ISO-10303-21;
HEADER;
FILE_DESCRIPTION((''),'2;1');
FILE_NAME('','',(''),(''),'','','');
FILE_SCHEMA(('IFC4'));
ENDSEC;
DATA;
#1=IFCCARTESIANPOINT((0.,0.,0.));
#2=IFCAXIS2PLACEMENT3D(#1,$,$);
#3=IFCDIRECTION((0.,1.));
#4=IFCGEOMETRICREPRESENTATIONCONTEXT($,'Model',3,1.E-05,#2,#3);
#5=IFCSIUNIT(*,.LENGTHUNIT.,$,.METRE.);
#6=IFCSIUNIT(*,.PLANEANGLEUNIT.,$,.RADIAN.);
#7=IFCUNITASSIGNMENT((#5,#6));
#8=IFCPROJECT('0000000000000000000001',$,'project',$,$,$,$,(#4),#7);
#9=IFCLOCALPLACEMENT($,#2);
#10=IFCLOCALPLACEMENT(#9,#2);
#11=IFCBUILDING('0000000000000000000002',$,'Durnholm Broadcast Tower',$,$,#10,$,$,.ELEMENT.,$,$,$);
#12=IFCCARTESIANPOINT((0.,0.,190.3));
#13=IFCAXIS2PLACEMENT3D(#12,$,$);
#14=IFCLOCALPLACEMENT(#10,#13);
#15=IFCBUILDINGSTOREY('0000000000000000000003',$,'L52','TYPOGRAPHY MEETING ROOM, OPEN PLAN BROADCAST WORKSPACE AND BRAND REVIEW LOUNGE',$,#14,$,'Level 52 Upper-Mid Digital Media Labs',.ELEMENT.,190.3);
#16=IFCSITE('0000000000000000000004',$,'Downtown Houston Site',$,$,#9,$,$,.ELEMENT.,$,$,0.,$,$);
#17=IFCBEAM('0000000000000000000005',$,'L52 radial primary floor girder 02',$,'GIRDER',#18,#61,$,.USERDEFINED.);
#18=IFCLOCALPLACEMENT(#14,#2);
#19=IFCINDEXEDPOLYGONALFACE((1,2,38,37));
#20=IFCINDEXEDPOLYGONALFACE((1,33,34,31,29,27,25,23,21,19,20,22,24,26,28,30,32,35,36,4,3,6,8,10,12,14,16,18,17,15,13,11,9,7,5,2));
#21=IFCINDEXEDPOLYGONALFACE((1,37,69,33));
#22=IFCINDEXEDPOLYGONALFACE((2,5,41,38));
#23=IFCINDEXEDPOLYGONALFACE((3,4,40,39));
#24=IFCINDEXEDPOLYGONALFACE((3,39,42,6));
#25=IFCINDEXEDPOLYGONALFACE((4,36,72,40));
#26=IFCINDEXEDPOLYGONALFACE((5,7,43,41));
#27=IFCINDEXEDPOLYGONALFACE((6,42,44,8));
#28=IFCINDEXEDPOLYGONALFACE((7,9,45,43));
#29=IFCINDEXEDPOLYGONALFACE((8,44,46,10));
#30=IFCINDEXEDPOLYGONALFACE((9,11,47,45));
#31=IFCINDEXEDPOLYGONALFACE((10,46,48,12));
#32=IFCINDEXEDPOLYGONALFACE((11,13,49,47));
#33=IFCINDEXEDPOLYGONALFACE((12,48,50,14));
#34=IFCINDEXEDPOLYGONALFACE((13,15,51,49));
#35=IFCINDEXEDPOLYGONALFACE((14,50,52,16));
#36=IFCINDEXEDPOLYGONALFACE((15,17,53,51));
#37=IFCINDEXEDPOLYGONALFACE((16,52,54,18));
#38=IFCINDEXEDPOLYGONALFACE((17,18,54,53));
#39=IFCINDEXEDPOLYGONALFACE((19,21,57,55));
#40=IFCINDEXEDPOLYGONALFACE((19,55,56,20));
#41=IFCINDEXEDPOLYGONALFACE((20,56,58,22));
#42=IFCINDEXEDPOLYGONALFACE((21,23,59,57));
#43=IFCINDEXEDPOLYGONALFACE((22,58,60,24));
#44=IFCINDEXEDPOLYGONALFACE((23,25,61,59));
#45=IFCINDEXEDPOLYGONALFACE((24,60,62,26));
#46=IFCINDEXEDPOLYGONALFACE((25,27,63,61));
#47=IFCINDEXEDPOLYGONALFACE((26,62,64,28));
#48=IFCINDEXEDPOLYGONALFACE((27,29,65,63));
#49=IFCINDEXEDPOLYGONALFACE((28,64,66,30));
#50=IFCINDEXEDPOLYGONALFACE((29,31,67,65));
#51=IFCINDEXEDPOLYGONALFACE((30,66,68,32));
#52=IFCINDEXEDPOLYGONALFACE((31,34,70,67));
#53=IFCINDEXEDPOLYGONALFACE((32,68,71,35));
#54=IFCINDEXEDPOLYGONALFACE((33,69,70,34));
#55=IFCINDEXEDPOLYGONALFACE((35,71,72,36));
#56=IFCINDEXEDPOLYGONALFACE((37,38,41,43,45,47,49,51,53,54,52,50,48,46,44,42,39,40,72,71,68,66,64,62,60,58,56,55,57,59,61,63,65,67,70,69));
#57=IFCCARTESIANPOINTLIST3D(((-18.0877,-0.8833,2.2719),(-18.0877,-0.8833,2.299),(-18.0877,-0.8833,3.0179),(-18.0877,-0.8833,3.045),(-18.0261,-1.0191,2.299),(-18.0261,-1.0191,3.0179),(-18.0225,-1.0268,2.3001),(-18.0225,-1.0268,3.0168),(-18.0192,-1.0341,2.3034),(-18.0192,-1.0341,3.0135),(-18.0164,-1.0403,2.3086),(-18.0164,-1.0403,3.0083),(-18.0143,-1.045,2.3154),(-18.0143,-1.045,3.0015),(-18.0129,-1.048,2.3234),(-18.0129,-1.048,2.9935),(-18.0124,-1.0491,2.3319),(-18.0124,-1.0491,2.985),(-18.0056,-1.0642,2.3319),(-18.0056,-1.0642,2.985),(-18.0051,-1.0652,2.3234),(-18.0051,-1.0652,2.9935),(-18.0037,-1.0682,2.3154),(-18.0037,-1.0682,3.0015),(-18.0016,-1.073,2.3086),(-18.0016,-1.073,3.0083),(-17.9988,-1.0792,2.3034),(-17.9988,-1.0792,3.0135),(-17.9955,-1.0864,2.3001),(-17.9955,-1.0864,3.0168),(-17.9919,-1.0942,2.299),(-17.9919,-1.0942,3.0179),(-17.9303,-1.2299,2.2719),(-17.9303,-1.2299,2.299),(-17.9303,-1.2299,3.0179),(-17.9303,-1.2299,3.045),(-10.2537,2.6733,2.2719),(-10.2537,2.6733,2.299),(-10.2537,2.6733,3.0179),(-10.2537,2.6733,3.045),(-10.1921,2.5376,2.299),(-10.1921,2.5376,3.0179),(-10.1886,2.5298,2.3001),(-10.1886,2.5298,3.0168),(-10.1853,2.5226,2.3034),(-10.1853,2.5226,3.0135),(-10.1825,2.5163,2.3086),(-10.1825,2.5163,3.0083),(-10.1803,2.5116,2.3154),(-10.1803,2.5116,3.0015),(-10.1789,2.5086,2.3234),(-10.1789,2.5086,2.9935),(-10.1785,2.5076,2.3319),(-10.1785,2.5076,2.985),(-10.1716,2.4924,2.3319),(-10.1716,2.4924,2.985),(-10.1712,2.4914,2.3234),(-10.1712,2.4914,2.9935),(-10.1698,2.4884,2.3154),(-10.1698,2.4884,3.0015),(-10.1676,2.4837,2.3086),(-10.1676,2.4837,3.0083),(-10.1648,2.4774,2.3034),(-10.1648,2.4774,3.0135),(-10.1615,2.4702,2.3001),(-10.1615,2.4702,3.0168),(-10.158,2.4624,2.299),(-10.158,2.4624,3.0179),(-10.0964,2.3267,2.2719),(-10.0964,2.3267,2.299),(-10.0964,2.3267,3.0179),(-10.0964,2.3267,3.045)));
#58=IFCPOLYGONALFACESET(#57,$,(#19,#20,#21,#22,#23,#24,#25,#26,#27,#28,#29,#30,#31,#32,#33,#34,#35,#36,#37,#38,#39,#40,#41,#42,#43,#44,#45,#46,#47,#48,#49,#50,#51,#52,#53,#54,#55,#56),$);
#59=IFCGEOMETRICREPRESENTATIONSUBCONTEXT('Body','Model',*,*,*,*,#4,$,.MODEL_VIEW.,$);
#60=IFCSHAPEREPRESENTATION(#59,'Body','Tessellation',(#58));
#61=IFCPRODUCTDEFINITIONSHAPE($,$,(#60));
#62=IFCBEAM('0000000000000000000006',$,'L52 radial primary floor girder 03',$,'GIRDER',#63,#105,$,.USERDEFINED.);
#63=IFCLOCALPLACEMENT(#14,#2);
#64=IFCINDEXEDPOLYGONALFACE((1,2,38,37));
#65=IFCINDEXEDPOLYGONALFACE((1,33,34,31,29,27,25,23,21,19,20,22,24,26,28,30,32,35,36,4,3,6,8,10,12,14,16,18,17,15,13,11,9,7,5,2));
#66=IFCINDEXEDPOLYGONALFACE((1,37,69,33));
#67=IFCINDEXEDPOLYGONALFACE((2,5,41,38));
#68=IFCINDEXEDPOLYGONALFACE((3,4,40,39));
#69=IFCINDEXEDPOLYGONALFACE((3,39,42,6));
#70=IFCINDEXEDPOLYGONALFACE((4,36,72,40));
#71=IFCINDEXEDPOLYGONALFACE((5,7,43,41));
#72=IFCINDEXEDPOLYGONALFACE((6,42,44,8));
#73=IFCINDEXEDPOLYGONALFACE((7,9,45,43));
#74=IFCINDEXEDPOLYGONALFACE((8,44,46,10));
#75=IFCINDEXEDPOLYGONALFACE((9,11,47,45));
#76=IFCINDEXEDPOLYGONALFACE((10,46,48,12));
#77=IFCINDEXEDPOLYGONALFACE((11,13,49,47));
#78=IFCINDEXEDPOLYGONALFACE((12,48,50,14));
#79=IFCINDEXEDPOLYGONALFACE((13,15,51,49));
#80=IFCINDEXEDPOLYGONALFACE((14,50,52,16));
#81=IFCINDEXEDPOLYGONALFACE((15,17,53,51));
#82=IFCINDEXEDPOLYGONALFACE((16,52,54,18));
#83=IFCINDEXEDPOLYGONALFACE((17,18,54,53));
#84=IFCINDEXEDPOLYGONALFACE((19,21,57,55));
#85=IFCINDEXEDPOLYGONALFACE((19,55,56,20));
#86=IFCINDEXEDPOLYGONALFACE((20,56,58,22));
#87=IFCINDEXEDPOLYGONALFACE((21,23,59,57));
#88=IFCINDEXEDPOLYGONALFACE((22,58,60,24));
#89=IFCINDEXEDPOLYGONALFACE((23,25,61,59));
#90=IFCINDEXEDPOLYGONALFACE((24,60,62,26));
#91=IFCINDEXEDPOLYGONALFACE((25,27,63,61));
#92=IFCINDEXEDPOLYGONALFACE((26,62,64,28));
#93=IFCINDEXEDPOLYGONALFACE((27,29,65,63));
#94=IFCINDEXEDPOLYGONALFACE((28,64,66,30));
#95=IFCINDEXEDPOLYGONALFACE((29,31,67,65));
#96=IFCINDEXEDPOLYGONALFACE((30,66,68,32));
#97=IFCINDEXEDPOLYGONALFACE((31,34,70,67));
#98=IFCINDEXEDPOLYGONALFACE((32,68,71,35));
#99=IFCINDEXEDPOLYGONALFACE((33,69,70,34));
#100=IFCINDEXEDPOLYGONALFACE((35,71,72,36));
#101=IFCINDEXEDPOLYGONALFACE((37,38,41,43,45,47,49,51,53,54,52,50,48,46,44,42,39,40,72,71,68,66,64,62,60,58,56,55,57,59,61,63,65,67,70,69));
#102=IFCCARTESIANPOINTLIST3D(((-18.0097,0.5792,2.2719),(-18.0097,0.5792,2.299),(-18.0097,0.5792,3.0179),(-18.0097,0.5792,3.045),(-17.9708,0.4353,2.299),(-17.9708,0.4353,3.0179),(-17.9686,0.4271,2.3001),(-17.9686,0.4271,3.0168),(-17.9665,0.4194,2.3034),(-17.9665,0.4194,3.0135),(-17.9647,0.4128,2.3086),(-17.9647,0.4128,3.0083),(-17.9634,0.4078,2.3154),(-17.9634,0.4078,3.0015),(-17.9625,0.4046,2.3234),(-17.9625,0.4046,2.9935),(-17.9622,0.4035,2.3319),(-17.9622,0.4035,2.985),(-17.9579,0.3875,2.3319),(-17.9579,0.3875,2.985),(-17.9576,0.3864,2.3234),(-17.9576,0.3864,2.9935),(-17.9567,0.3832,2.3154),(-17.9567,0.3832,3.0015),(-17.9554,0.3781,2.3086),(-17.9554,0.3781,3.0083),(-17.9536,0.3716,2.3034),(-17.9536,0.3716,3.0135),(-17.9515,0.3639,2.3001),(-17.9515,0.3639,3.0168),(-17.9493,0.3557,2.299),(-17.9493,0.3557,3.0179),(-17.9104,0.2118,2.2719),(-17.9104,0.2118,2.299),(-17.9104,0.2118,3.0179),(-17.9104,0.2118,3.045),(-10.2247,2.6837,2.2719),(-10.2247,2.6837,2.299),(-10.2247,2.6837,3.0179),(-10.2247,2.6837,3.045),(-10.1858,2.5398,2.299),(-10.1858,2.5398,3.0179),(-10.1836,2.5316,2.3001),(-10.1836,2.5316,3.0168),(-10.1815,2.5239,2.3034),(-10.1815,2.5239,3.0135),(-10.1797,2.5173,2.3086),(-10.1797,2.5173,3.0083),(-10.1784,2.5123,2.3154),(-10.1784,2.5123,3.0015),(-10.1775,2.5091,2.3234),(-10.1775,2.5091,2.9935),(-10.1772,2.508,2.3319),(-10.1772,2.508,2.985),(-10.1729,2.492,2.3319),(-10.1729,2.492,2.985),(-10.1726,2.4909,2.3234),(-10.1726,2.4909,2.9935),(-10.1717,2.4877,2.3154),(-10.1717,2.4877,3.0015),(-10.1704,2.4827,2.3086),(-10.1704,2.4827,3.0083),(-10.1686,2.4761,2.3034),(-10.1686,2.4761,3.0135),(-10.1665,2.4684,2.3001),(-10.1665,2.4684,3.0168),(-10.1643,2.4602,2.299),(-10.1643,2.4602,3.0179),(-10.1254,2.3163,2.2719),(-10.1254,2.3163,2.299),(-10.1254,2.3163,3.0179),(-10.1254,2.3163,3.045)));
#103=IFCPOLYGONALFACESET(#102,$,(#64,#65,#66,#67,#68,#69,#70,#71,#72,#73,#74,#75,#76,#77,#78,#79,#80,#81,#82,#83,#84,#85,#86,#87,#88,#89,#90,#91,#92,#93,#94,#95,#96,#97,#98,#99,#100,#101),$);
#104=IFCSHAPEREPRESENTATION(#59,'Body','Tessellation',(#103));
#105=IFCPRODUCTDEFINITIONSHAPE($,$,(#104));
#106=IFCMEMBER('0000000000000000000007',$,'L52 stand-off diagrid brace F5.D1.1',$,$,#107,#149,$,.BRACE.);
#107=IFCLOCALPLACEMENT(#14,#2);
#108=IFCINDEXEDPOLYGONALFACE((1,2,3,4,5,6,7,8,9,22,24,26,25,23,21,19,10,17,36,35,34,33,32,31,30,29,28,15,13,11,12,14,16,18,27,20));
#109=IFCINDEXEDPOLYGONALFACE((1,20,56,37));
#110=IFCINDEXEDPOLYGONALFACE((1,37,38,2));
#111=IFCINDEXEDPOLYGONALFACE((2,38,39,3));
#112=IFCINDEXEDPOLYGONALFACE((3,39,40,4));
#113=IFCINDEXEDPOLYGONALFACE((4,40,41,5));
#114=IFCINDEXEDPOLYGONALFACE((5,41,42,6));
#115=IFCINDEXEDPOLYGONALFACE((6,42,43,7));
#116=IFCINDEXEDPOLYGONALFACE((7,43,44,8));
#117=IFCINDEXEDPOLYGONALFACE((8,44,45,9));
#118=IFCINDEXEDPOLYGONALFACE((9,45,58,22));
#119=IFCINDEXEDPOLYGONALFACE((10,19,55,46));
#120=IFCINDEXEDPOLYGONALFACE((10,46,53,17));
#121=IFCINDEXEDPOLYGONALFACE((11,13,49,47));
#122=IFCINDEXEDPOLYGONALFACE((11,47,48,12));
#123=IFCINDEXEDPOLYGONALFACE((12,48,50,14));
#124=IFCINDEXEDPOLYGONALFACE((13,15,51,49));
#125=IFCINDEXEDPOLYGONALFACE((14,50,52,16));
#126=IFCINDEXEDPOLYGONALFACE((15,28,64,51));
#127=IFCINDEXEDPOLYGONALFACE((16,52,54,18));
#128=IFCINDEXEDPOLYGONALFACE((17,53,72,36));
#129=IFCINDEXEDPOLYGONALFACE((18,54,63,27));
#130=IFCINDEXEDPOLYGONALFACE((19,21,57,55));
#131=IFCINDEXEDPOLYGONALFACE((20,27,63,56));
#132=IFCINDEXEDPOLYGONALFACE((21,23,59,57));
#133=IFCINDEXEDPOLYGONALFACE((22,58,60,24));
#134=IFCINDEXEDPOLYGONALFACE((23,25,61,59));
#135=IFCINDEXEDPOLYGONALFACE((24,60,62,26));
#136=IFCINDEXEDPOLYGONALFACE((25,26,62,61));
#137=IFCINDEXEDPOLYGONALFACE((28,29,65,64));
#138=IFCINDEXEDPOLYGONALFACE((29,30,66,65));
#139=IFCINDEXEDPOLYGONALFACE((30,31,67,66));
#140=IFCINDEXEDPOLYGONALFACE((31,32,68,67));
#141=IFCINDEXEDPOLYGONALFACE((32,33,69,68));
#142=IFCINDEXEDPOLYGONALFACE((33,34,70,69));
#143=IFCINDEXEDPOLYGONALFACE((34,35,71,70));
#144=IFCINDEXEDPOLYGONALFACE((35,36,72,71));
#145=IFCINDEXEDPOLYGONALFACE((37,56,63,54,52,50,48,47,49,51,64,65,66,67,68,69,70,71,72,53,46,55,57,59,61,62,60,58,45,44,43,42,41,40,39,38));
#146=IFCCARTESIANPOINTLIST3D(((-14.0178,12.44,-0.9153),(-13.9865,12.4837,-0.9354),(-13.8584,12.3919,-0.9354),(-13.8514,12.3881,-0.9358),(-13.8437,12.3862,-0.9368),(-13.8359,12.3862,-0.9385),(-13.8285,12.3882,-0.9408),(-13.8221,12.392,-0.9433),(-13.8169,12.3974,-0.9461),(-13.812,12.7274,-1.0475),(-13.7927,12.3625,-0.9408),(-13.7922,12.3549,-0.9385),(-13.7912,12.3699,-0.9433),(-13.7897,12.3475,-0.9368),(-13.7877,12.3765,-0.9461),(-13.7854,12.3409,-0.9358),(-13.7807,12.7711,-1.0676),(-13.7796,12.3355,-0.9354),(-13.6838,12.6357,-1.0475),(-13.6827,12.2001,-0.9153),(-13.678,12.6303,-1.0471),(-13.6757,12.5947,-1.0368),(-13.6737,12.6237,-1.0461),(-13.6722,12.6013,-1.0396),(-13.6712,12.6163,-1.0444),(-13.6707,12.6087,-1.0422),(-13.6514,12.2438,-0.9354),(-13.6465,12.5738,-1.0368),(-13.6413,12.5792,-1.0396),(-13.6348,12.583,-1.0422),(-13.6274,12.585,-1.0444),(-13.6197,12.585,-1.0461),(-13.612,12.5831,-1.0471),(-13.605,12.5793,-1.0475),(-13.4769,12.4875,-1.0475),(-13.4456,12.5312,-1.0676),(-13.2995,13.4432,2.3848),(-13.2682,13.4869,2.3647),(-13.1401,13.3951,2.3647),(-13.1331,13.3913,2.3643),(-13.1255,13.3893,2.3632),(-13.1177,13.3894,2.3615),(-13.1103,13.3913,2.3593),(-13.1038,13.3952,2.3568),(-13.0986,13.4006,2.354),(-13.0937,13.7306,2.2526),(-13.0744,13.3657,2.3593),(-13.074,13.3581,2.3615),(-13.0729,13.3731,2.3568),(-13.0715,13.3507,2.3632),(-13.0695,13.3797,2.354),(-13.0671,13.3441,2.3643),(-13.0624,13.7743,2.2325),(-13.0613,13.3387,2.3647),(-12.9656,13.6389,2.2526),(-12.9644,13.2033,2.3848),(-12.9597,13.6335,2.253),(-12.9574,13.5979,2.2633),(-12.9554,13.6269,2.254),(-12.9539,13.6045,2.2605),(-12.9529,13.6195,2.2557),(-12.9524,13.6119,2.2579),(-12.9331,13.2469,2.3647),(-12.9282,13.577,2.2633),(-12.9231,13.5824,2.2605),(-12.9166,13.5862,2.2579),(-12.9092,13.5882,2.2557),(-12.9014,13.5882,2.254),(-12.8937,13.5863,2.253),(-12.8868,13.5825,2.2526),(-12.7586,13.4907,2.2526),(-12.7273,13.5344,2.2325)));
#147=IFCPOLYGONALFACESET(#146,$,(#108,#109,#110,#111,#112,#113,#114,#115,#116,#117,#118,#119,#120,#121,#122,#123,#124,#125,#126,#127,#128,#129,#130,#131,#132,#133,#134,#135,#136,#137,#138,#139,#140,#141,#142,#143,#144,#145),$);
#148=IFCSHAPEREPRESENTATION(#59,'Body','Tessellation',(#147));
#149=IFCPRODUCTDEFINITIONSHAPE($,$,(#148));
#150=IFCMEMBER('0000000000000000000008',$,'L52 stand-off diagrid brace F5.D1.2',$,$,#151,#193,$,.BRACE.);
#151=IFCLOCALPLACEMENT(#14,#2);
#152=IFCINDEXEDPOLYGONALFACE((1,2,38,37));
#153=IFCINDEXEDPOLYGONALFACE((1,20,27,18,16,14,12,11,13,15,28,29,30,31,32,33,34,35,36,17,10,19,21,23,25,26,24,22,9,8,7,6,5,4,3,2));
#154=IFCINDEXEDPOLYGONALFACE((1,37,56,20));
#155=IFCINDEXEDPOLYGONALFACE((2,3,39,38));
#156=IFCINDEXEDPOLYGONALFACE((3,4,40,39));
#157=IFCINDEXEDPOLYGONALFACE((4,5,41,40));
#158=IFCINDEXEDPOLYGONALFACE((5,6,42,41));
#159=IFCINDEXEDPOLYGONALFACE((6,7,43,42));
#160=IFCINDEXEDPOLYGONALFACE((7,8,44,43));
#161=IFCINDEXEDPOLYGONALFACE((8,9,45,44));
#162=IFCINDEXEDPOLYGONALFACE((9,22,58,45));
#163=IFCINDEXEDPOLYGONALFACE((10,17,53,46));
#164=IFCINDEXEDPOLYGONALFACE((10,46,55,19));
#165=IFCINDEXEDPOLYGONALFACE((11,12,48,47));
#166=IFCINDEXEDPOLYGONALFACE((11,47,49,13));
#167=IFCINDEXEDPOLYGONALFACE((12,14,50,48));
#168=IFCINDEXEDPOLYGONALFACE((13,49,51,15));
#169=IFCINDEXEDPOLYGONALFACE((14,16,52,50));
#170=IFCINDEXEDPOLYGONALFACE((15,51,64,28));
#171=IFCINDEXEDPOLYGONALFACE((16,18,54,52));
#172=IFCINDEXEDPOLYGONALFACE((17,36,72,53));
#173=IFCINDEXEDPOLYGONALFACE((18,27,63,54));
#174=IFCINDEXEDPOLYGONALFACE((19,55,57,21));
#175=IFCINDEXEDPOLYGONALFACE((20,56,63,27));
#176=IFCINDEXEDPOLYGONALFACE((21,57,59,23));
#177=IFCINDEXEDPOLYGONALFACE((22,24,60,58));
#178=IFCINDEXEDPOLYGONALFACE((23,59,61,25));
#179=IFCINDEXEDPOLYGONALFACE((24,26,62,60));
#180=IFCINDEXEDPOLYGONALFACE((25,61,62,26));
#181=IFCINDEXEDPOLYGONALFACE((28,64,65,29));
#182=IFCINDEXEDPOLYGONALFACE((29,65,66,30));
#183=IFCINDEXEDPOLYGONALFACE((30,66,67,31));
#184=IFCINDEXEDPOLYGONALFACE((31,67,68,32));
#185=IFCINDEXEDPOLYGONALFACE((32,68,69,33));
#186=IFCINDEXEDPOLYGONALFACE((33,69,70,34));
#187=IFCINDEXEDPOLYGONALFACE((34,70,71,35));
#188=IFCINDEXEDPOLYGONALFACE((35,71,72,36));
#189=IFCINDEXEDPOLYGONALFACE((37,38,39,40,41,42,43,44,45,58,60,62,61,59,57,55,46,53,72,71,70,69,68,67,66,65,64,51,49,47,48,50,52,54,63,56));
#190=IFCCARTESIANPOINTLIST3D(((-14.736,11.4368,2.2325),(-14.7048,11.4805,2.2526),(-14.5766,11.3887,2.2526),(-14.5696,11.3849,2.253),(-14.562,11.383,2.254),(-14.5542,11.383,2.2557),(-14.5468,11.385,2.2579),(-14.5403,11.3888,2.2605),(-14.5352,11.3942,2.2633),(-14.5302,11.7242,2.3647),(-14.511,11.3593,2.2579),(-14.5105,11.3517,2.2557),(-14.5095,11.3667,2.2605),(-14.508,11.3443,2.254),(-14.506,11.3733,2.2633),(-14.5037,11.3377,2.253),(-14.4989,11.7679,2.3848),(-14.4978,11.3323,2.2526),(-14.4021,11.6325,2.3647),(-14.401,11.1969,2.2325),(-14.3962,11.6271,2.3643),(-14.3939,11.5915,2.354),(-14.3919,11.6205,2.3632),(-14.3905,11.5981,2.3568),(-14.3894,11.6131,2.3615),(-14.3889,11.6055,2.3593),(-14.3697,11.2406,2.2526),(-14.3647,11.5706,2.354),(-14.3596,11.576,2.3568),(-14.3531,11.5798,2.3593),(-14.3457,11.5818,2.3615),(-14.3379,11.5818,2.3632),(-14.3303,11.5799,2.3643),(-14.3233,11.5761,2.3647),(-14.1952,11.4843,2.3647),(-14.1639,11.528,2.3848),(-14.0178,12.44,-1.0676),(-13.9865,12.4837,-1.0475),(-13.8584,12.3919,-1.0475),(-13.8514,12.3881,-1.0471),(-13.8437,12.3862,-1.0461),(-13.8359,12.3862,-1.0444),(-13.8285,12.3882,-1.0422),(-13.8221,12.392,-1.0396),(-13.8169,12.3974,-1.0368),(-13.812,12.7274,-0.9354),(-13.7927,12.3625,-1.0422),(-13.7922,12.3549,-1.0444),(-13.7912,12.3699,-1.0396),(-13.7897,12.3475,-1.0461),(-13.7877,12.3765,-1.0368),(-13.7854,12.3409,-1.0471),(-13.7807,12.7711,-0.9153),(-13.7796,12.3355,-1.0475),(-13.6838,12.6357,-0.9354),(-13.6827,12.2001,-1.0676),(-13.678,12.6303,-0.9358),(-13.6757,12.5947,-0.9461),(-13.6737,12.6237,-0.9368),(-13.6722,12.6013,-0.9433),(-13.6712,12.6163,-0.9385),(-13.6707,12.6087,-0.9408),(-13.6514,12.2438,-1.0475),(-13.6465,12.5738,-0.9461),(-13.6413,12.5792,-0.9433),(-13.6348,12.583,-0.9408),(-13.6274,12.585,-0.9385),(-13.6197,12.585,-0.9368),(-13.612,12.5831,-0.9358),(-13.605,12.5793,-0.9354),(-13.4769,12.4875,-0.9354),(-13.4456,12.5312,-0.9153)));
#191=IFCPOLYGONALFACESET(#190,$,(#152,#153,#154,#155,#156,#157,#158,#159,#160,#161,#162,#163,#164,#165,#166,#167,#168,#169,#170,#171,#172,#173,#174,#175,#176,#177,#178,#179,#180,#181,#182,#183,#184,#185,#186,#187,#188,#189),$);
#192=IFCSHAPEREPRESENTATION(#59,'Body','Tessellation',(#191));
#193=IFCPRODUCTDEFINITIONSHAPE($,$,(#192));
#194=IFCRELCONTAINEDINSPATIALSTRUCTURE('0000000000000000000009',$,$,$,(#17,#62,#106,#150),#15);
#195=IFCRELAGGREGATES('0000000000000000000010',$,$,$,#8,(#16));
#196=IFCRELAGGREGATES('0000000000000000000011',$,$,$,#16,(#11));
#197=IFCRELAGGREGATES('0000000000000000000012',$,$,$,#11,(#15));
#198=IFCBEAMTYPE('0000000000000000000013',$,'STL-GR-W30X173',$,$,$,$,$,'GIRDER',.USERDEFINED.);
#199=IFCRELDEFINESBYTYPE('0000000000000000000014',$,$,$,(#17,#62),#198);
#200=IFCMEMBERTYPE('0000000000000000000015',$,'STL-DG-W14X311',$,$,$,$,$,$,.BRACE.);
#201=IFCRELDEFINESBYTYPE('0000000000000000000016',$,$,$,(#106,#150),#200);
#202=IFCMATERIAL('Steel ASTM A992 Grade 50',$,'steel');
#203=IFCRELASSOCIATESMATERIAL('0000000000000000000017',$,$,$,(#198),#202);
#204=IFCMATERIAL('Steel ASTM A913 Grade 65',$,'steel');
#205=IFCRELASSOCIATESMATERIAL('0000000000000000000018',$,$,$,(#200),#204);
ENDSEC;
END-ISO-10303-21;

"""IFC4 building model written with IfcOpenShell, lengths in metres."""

from ifc_helpers import new_model, si_unit, direction, frame, origin, origin_2d, place, context, subcontext, project, spatial, i_section, extrude, source, transform, mapped, material, material_profile, profile_set, type_object, type_shapes, element, save


model = new_model("IFC4")

# Units and contexts
model_context = context("Model", 3, precision=1e-05, world=origin(), true_north=direction((0.0, 1.0)))
body_context = subcontext(model_context, "Body", "Model", "MODEL_VIEW")
ifc_project = project(units=[si_unit("LENGTHUNIT", "METRE"), si_unit("PLANEANGLEUNIT", "RADIAN")], contexts=[model_context])

# Site, building, storey
site_placement = place(None, origin())
site = spatial("IfcSite", under=ifc_project, at=site_placement, Name="Downtown Houston Site", CompositionType="ELEMENT", RefElevation=0.0)
building_placement = place(site_placement, origin())
building = spatial("IfcBuilding", under=site, at=building_placement, Name="Durnholm Broadcast Tower", CompositionType="ELEMENT")
storey_placement = place(building_placement, frame((0.0, 0.0, 190.3)))
storey = spatial("IfcBuildingStorey", under=building, at=storey_placement, Name="L52", Description="TYPOGRAPHY MEETING ROOM, OPEN PLAN BROADCAST WORKSPACE AND BRAND REVIEW LOUNGE", LongName="Level 52 Upper-Mid Digital Media Labs", CompositionType="ELEMENT", Elevation=190.3)

# Beams
ifc_material_1 = material(Name="Steel ASTM A992 Grade 50", Category="steel")
ifc_material_profile_1 = material_profile(ifc_material_1, i_section(OverallWidth=0.3806, OverallDepth=0.7732, WebThickness=0.0166, FlangeThickness=0.0271, FilletRadius=0.033, at=origin_2d()), Name="W30X173")
ifc_profile_set_1 = profile_set([ifc_material_profile_1], Name="Steel ASTM A992 Grade 50")
beam_type_1 = type_object("IfcBeamType", Name="STL-GR-W30X173", ElementType="GIRDER", PredefinedType="USERDEFINED", material=ifc_profile_set_1)
shared_shape_1 = source(origin(), body_context, "Body", "SweptSolid", [
    extrude(i_section(OverallWidth=0.3806, OverallDepth=0.7732, WebThickness=0.0166, FlangeThickness=0.0271, FilletRadius=0.033, at=origin_2d()), origin(), (0.0, 0.0, 1.0), 8.6035),
])
beam_1_placement = place(storey_placement, frame((-10.175, 2.5, 2.6584), z_axis=(-0.910553, -0.413392, 0.0), x_axis=(0.413392, -0.910553, 0.0)))
element("IfcBeam", 1, at=beam_1_placement, inside=storey, type_object=beam_type_1, Name="L52 radial primary floor girder 02", ObjectType="GIRDER", PredefinedType="USERDEFINED", context=body_context, shape_type="MappedRepresentation", body=[
    mapped(shared_shape_1, transform((0.0, 0.0, 0.0), x_axis=(1.0, 0.0, 0.0), y_axis=(0.0, 1.0, 0.0), z_axis=(0.0, 0.0, 1.0), scale=1.0)),
])
shared_shape_2 = source(origin(), body_context, "Body", "SweptSolid", [
    extrude(i_section(OverallWidth=0.3806, OverallDepth=0.7732, WebThickness=0.0166, FlangeThickness=0.0271, FilletRadius=0.033, at=origin_2d()), origin(), (0.0, 0.0, 1.0), 8.0645),
])
type_shapes(beam_type_1, [shared_shape_1, shared_shape_2])
beam_2_placement = place(storey_placement, frame((-10.175, 2.5, 2.6584), z_axis=(-0.965349, -0.260962, 0.0), x_axis=(0.260962, -0.965349, 0.0)))
element("IfcBeam", 2, at=beam_2_placement, inside=storey, type_object=beam_type_1, Name="L52 radial primary floor girder 03", ObjectType="GIRDER", PredefinedType="USERDEFINED", context=body_context, shape_type="MappedRepresentation", body=[
    mapped(shared_shape_2, transform((0.0, 0.0, 0.0), x_axis=(1.0, 0.0, 0.0), y_axis=(0.0, 1.0, 0.0), z_axis=(0.0, 0.0, 1.0), scale=1.0)),
])

# Members
ifc_material_2 = material(Name="Steel ASTM A913 Grade 65", Category="steel")
ifc_material_profile_2 = material_profile(ifc_material_2, i_section(OverallWidth=0.4121, OverallDepth=0.4348, WebThickness=0.0359, FlangeThickness=0.0574, FilletRadius=0.0305, at=origin_2d()), Name="W14X311")
ifc_profile_set_2 = profile_set([ifc_material_profile_2], Name="Steel ASTM A913 Grade 65")
member_type_1 = type_object("IfcMemberType", Name="STL-DG-W14X311", PredefinedType="BRACE", material=ifc_profile_set_2)
shared_shape_3 = source(origin(), body_context, "Body", "SweptSolid", [
    extrude(i_section(OverallWidth=0.4121, OverallDepth=0.4348, WebThickness=0.0359, FlangeThickness=0.0574, FilletRadius=0.0305, at=origin_2d()), origin(), (0.0, 0.0, 1.0), 3.5232),
])
type_shapes(member_type_1, [shared_shape_3])
for number, where, z_axis, x_axis, name in (
    (3, (-13.7317, 12.4856, -0.9915), (0.203869, 0.284738, 0.936676), (-0.813078, 0.582155, 0.0), "L52 stand-off diagrid brace F5.D1.1"),
    (4, (-13.7317, 12.4856, -0.9915), (-0.203869, -0.284738, 0.936676), (0.813078, -0.582155, 0.0), "L52 stand-off diagrid brace F5.D1.2"),
):
    element("IfcMember", number, at=place(storey_placement, frame(where, z_axis=z_axis, x_axis=x_axis)), inside=storey, type_object=member_type_1, Name=name, PredefinedType="BRACE", context=body_context, shape_type="MappedRepresentation", body=[
        mapped(shared_shape_3, transform((0.0, 0.0, 0.0), x_axis=(1.0, 0.0, 0.0), y_axis=(0.0, 1.0, 0.0), z_axis=(0.0, 0.0, 1.0), scale=1.0)),
    ])

save(model, "model.ifc")
